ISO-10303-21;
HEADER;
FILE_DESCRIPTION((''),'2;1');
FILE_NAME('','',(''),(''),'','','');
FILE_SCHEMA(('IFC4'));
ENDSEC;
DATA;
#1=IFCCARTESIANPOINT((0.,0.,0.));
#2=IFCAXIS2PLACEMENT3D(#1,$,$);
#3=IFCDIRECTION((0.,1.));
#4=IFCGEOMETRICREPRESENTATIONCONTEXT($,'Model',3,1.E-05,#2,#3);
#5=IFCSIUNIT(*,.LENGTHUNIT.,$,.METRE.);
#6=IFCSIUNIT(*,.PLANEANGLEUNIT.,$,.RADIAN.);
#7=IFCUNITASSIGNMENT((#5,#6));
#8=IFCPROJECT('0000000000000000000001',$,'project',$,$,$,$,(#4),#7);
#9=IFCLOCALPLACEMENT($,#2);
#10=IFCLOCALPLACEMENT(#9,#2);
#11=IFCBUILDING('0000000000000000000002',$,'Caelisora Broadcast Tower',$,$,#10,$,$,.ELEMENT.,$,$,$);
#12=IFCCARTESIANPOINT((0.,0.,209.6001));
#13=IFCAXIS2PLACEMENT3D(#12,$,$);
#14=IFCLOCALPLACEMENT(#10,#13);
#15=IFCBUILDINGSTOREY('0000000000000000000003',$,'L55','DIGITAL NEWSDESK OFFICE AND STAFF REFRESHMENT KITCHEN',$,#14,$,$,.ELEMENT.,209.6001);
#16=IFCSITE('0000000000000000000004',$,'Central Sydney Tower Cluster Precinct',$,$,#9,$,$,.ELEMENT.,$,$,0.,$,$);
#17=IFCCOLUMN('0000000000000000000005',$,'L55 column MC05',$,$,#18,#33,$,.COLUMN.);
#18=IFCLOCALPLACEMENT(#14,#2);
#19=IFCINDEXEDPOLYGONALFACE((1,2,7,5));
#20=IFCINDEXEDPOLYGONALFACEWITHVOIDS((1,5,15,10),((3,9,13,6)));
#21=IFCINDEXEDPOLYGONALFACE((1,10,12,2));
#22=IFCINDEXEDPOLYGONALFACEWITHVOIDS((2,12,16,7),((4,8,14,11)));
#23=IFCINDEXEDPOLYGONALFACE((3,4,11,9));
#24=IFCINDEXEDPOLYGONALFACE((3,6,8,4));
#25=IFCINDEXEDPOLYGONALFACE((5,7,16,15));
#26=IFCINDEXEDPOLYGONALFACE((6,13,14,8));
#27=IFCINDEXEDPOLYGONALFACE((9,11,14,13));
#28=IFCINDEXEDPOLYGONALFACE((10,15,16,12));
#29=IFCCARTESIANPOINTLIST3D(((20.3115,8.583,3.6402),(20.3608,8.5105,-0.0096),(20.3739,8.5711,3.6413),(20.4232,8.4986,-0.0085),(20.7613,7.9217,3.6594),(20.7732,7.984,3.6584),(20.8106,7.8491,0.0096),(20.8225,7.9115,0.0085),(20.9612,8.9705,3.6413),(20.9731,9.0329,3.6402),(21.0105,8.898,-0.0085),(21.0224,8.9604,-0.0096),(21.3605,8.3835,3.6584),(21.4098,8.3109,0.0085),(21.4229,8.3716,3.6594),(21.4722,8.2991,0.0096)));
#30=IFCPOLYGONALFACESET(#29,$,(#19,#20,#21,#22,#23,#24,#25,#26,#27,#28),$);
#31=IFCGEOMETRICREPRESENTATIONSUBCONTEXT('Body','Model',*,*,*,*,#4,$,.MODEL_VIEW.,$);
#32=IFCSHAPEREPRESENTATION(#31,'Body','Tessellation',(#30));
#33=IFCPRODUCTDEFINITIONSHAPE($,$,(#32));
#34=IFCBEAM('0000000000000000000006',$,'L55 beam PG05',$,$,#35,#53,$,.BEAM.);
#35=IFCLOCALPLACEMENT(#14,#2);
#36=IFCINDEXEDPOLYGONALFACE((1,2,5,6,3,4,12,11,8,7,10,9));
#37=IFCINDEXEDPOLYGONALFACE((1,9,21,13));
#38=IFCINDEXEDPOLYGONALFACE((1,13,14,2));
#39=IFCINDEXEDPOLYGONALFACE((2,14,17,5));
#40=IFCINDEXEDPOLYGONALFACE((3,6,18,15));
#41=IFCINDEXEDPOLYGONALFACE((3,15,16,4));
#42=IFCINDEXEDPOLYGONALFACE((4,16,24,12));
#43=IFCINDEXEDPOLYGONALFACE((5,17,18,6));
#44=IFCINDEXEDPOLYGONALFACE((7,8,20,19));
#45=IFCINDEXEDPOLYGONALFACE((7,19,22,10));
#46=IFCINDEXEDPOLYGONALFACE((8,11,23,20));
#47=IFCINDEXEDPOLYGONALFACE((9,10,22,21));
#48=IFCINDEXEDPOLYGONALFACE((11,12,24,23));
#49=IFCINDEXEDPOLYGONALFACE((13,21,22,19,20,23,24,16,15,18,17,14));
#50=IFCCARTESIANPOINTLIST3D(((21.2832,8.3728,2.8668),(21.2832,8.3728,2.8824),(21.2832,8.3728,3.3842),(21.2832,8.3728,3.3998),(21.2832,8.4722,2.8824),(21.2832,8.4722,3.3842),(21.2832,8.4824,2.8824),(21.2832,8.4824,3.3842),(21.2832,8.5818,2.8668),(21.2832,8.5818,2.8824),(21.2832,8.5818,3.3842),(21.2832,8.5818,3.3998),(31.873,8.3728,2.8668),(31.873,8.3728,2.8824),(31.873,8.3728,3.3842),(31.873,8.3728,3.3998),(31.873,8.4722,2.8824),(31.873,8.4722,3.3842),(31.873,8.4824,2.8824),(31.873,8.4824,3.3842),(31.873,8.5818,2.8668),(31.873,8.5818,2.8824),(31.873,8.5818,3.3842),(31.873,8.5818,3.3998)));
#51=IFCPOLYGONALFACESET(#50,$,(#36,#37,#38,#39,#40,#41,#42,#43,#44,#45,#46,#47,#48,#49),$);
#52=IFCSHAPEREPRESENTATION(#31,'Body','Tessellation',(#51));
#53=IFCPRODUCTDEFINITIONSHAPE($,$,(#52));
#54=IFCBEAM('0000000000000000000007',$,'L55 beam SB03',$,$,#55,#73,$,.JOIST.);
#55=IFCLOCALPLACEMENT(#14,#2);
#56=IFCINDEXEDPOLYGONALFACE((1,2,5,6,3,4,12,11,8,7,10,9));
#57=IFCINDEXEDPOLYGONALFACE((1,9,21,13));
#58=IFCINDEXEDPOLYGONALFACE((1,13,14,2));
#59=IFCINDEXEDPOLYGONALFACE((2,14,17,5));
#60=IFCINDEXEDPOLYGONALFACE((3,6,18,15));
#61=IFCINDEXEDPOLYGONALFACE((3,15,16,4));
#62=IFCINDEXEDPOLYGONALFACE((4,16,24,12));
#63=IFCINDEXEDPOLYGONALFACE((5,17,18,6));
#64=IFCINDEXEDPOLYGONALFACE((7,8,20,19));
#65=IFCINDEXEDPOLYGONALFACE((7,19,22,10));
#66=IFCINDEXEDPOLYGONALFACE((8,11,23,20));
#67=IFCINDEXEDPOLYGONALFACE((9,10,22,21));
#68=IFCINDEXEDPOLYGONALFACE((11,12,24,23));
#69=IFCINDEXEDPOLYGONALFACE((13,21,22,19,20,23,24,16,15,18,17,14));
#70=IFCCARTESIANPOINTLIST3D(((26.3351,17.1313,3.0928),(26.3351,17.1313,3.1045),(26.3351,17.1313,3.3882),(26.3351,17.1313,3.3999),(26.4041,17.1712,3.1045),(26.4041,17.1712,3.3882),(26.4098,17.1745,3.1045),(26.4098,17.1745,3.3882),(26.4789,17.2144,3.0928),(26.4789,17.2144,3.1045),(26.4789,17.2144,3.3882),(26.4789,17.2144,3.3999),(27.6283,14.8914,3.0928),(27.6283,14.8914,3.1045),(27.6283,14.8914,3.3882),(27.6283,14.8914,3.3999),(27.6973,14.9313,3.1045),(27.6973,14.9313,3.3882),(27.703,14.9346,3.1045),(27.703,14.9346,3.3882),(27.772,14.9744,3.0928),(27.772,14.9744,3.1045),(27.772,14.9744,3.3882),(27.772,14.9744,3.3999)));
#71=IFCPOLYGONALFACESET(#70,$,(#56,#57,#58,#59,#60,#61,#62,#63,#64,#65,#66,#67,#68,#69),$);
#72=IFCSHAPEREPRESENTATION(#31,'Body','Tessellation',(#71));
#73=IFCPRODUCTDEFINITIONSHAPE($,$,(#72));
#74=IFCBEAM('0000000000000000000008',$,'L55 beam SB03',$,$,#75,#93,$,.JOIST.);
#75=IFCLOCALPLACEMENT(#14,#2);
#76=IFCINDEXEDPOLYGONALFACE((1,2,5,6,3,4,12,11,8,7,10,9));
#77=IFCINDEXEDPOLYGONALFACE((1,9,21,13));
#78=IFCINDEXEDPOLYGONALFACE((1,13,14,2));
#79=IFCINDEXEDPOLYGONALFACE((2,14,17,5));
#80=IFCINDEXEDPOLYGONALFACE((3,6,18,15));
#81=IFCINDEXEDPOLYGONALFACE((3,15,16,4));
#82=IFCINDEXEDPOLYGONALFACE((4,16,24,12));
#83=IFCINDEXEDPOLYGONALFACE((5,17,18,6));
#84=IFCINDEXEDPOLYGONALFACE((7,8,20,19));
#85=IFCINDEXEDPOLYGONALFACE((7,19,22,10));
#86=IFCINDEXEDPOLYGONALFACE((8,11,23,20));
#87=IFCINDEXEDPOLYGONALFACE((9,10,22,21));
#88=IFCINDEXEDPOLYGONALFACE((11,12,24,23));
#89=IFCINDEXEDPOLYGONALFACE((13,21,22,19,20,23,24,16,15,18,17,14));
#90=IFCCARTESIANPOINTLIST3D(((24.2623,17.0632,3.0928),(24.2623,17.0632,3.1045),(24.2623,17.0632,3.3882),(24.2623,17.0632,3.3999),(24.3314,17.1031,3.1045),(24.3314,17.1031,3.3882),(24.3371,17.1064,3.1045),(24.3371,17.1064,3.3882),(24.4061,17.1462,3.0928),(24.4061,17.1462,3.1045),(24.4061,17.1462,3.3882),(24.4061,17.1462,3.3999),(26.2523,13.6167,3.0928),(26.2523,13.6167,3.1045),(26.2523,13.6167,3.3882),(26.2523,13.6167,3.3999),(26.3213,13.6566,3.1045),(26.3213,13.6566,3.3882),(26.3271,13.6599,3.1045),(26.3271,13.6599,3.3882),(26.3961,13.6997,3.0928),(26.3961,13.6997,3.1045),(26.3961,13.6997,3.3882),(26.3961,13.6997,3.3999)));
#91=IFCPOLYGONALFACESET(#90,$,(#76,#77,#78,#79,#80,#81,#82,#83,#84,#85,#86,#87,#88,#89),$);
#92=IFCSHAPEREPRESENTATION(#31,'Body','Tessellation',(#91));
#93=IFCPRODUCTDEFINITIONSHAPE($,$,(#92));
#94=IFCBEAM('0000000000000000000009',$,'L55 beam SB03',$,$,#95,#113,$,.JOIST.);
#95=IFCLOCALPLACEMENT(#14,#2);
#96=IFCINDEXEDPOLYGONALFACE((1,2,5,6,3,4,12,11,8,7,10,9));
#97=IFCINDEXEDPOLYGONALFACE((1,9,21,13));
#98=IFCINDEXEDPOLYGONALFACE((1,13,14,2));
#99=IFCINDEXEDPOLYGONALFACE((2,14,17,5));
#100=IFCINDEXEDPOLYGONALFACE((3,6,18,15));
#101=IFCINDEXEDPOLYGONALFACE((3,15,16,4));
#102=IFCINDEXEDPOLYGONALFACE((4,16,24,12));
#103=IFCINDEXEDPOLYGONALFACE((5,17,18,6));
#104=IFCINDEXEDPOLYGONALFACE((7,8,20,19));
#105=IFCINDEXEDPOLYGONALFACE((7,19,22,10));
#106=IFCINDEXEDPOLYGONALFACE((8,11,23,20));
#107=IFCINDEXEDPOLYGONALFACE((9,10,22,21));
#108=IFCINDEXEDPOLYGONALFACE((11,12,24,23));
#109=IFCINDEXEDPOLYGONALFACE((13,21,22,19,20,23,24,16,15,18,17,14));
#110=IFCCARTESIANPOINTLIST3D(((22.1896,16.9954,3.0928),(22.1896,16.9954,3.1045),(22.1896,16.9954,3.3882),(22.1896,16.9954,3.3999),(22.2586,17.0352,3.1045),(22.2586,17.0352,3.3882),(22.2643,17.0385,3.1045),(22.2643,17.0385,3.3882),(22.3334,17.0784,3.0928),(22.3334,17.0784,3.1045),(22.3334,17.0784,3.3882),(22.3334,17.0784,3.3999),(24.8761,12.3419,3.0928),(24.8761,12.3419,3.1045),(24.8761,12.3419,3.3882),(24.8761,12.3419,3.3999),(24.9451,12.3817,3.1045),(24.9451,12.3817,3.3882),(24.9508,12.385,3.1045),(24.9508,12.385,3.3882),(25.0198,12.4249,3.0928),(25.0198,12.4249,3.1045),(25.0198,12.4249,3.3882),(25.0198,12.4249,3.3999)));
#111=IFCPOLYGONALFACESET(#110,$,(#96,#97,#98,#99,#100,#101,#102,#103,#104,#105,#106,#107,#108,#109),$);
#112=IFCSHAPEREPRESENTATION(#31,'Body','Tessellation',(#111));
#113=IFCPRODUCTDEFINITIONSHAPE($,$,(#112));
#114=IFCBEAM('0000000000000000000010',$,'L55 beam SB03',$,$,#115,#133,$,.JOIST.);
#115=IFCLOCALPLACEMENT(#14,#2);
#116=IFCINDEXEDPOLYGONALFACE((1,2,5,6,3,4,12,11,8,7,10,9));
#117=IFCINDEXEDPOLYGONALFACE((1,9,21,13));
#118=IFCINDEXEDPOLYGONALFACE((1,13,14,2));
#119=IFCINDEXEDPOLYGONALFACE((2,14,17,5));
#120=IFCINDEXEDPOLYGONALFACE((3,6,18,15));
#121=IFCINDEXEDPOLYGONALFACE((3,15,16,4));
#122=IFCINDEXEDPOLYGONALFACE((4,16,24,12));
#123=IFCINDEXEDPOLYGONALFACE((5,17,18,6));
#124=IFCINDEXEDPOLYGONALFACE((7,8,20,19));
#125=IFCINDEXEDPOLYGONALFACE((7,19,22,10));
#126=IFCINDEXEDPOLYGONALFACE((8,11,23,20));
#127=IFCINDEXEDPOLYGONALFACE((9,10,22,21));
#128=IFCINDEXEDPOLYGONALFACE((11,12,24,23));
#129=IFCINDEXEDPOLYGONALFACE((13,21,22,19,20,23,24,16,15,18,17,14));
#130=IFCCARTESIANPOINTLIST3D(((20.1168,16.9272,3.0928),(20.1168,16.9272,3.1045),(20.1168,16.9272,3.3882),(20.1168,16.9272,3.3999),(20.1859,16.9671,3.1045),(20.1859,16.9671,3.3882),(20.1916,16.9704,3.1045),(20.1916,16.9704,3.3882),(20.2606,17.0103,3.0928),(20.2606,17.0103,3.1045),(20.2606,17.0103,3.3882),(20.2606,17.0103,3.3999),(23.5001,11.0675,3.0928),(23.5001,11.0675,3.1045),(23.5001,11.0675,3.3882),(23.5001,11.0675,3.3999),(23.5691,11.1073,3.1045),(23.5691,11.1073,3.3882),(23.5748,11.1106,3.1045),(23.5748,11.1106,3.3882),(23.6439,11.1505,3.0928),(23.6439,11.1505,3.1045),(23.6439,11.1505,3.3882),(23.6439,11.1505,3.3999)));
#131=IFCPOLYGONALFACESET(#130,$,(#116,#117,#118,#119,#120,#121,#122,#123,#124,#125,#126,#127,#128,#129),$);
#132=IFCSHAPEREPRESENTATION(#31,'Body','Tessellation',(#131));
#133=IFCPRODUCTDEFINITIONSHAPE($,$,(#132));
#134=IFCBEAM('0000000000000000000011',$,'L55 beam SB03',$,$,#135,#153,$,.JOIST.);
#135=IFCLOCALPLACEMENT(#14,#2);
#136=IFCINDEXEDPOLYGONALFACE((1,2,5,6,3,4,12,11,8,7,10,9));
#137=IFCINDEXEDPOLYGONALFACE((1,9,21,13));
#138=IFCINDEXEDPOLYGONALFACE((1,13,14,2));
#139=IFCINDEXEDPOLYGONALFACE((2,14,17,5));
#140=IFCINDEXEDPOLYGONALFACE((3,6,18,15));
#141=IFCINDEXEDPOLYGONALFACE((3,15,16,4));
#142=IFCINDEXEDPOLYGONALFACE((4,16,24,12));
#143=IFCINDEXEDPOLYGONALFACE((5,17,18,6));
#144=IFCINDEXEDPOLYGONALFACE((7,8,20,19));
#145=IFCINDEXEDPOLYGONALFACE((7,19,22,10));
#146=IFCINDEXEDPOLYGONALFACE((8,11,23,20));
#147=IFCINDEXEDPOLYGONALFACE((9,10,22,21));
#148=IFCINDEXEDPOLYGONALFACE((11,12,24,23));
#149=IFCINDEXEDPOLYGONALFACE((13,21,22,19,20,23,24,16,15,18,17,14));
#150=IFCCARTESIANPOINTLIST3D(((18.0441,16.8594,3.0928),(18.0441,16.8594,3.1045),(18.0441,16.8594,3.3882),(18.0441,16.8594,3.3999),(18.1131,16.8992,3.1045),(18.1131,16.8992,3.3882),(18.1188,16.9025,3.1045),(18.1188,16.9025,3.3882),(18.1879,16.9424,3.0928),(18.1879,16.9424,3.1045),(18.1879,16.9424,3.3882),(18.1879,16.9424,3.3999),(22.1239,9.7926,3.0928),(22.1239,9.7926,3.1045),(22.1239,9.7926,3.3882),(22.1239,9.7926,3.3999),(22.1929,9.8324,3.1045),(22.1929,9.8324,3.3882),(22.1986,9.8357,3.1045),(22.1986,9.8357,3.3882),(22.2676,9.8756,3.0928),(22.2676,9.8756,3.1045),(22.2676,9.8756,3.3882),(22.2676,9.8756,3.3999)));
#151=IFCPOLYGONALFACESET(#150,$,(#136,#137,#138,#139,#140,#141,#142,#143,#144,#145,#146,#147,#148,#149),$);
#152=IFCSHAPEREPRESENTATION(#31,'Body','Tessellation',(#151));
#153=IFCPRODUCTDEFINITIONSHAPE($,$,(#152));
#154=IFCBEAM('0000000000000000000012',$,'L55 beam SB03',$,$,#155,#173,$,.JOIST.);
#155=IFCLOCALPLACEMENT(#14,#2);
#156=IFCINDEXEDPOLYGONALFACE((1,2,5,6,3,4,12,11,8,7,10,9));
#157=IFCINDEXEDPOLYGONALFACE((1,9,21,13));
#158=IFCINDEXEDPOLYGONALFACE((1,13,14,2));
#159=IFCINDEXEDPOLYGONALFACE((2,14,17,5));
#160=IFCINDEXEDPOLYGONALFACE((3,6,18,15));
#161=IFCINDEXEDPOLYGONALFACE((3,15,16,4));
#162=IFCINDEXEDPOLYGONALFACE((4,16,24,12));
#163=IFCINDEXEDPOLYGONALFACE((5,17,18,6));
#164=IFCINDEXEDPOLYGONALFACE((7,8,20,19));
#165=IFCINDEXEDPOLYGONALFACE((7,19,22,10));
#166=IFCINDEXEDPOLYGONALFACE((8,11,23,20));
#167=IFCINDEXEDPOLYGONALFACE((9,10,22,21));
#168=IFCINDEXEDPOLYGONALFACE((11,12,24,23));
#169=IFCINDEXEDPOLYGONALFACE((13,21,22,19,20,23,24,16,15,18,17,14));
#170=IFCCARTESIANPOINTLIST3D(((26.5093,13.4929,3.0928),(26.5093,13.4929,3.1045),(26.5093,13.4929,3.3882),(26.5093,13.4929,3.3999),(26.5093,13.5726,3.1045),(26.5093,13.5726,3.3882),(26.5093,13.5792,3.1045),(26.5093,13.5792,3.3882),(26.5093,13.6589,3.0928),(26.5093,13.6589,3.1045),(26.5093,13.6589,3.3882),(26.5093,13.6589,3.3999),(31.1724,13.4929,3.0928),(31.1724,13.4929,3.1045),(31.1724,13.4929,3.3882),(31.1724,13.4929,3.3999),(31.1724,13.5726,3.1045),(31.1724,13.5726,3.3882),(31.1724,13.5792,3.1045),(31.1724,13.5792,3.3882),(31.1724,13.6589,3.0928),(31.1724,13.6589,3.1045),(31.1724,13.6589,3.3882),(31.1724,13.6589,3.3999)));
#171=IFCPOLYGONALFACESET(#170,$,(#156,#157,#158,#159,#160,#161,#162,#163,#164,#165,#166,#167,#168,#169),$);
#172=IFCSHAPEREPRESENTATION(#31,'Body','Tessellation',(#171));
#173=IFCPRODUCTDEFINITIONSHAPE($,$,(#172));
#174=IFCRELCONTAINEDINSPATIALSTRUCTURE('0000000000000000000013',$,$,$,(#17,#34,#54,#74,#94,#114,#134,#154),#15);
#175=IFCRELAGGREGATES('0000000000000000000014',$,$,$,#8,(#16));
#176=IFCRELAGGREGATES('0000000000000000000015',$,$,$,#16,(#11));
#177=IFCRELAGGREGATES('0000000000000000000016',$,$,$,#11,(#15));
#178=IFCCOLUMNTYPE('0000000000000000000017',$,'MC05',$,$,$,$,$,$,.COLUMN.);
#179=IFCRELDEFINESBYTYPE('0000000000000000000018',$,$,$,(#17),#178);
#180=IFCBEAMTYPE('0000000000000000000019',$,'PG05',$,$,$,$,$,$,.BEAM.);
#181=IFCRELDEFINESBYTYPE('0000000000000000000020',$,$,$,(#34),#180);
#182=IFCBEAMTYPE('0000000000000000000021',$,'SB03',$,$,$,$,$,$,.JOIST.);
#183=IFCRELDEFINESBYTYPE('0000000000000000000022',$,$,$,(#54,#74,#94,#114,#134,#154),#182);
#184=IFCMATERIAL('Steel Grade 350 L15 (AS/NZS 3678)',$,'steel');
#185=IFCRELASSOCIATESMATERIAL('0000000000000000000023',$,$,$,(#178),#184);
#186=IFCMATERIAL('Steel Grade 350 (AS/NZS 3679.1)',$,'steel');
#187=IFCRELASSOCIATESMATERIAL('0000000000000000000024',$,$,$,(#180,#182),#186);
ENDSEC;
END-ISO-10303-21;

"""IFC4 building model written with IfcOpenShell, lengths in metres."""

from ifc_helpers import new_model, si_unit, direction, frame, origin, origin_2d, place, context, subcontext, project, spatial, hollow_rectangle, i_section, extrude, source, transform, mapped, material, material_profile, profile_set, type_object, type_shapes, element, save


model = new_model("IFC4")

# Units and contexts
model_context = context("Model", 3, precision=1e-05, world=origin(), true_north=direction((0.0, 1.0)))
body_context = subcontext(model_context, "Body", "Model", "MODEL_VIEW")
ifc_project = project(units=[si_unit("LENGTHUNIT", "METRE"), si_unit("PLANEANGLEUNIT", "RADIAN")], contexts=[model_context])

# Site, building, storey
site_placement = place(None, origin())
site = spatial("IfcSite", under=ifc_project, at=site_placement, Name="Central Sydney Tower Cluster Precinct", CompositionType="ELEMENT", RefElevation=0.0)
building_placement = place(site_placement, origin())
building = spatial("IfcBuilding", under=site, at=building_placement, Name="Caelisora Broadcast Tower", CompositionType="ELEMENT")
storey_placement = place(building_placement, frame((0.0, 0.0, 209.6001)))
storey = spatial("IfcBuildingStorey", under=building, at=storey_placement, Name="L55", Description="DIGITAL NEWSDESK OFFICE AND STAFF REFRESHMENT KITCHEN", CompositionType="ELEMENT", Elevation=209.6001)

# Column
ifc_material_1 = material(Name="Steel Grade 350 L15 (AS/NZS 3678)", Category="steel")
ifc_material_profile_1 = material_profile(ifc_material_1, hollow_rectangle(XDim=0.8, YDim=0.8, WallThickness=0.0449, at=origin_2d()), Name="Steel Grade 350 L15 (AS/NZS 3678)")
ifc_profile_set_1 = profile_set([ifc_material_profile_1], Name="Steel Grade 350 L15 (AS/NZS 3678)")
column_type = type_object("IfcColumnType", Name="MC05", PredefinedType="COLUMN", material=ifc_profile_set_1)
shared_shape_1 = source(origin(), body_context, "Body", "SweptSolid", [
    extrude(hollow_rectangle(XDim=0.8, YDim=0.8, WallThickness=0.0449, at=origin_2d()), origin(), (0.0, 0.0, 1.0), 3.6509),
])
type_shapes(column_type, [shared_shape_1])
column_placement = place(storey_placement, frame((20.9165, 8.4048, 0.0), z_axis=(-0.013508, 0.01986, 0.999712), x_axis=(-0.826875, -0.562386, 0.0)))
element("IfcColumn", 1, at=column_placement, inside=storey, type_object=column_type, Name="L55 column MC05", PredefinedType="COLUMN", context=body_context, shape_type="MappedRepresentation", body=[
    mapped(shared_shape_1, transform((0.0, 0.0, 0.0), scale=1.0)),
])

# Beams
ifc_material_2 = material(Name="Steel Grade 350 (AS/NZS 3679.1)", Category="steel")
ifc_material_profile_2 = material_profile(ifc_material_2, i_section(OverallWidth=0.209, OverallDepth=0.533, WebThickness=0.0103, FlangeThickness=0.0156, at=origin_2d()), Name="Steel Grade 350 (AS/NZS 3679.1)")
ifc_profile_set_2 = profile_set([ifc_material_profile_2], Name="Steel Grade 350 (AS/NZS 3679.1)")
beam_type_1 = type_object("IfcBeamType", Name="PG05", PredefinedType="BEAM", material=ifc_profile_set_2)
shared_shape_2 = source(origin(), body_context, "Body", "SweptSolid", [
    extrude(i_section(OverallWidth=0.209, OverallDepth=0.533, WebThickness=0.0103, FlangeThickness=0.0156, at=origin_2d()), origin(), (0.0, 0.0, 1.0), 10.5898),
])
type_shapes(beam_type_1, [shared_shape_2])
beam_1_placement = place(storey_placement, frame((21.2832, 8.4773, 3.1333), z_axis=(1.0, 0.0, 0.0), x_axis=(0.0, 1.0, 0.0)))
element("IfcBeam", 2, at=beam_1_placement, inside=storey, type_object=beam_type_1, Name="L55 beam PG05", PredefinedType="BEAM", context=body_context, shape_type="MappedRepresentation", body=[
    mapped(shared_shape_2, transform((0.0, 0.0, 0.0), scale=1.0)),
])
ifc_material_profile_3 = material_profile(ifc_material_2, i_section(OverallWidth=0.166, OverallDepth=0.3071, WebThickness=0.0066, FlangeThickness=0.0117, at=origin_2d()), Name="Steel Grade 350 (AS/NZS 3679.1)")
ifc_profile_set_3 = profile_set([ifc_material_profile_3], Name="Steel Grade 350 (AS/NZS 3679.1)")
beam_type_2 = type_object("IfcBeamType", Name="SB03", PredefinedType="JOIST", material=ifc_profile_set_3)
shared_shape_3 = source(origin(), body_context, "Body", "SweptSolid", [
    extrude(i_section(OverallWidth=0.166, OverallDepth=0.3071, WebThickness=0.0066, FlangeThickness=0.0117, at=origin_2d()), origin(), (0.0, 0.0, 1.0), 2.5864),
])
beam_2_placement = place(storey_placement, frame((26.407, 17.1729, 3.2463), z_axis=(0.499987, -0.866033, 0.0), x_axis=(0.866033, 0.499987, 0.0)))
element("IfcBeam", 3, at=beam_2_placement, inside=storey, type_object=beam_type_2, Name="L55 beam SB03", PredefinedType="JOIST", context=body_context, shape_type="MappedRepresentation", body=[
    mapped(shared_shape_3, transform((0.0, 0.0, 0.0), scale=1.0)),
])
shared_shape_4 = source(origin(), body_context, "Body", "SweptSolid", [
    extrude(i_section(OverallWidth=0.166, OverallDepth=0.3071, WebThickness=0.0066, FlangeThickness=0.0117, at=origin_2d()), origin(), (0.0, 0.0, 1.0), 3.9797),
])
beam_3_placement = place(storey_placement, frame((24.3342, 17.1047, 3.2463), z_axis=(0.500025, -0.866011, 0.0), x_axis=(0.866011, 0.500025, 0.0)))
element("IfcBeam", 4, at=beam_3_placement, inside=storey, type_object=beam_type_2, Name="L55 beam SB03", PredefinedType="JOIST", context=body_context, shape_type="MappedRepresentation", body=[
    mapped(shared_shape_4, transform((0.0, 0.0, 0.0), scale=1.0)),
])
shared_shape_5 = source(origin(), body_context, "Body", "SweptSolid", [
    extrude(i_section(OverallWidth=0.166, OverallDepth=0.3071, WebThickness=0.0066, FlangeThickness=0.0117, at=origin_2d()), origin(), (0.0, 0.0, 1.0), 5.3733),
])
beam_4_placement = place(storey_placement, frame((22.2615, 17.0369, 3.2463), z_axis=(0.49997, -0.866043, 0.0), x_axis=(0.866043, 0.49997, 0.0)))
element("IfcBeam", 5, at=beam_4_placement, inside=storey, type_object=beam_type_2, Name="L55 beam SB03", PredefinedType="JOIST", context=body_context, shape_type="MappedRepresentation", body=[
    mapped(shared_shape_5, transform((0.0, 0.0, 0.0), scale=1.0)),
])
shared_shape_6 = source(origin(), body_context, "Body", "SweptSolid", [
    extrude(i_section(OverallWidth=0.166, OverallDepth=0.3071, WebThickness=0.0066, FlangeThickness=0.0117, at=origin_2d()), origin(), (0.0, 0.0, 1.0), 6.7664),
])
beam_5_placement = place(storey_placement, frame((20.1887, 16.9688, 3.2463), z_axis=(0.500012, -0.866019, 0.0), x_axis=(0.866019, 0.500012, 0.0)))
element("IfcBeam", 6, at=beam_5_placement, inside=storey, type_object=beam_type_2, Name="L55 beam SB03", PredefinedType="JOIST", context=body_context, shape_type="MappedRepresentation", body=[
    mapped(shared_shape_6, transform((0.0, 0.0, 0.0), scale=1.0)),
])
shared_shape_7 = source(origin(), body_context, "Body", "SweptSolid", [
    extrude(i_section(OverallWidth=0.166, OverallDepth=0.3071, WebThickness=0.0066, FlangeThickness=0.0117, at=origin_2d()), origin(), (0.0, 0.0, 1.0), 8.1599),
])
beam_6_placement = place(storey_placement, frame((18.116, 16.9009, 3.2463), z_axis=(0.499978, -0.866038, 0.0), x_axis=(0.866038, 0.499978, 0.0)))
element("IfcBeam", 7, at=beam_6_placement, inside=storey, type_object=beam_type_2, Name="L55 beam SB03", PredefinedType="JOIST", context=body_context, shape_type="MappedRepresentation", body=[
    mapped(shared_shape_7, transform((0.0, 0.0, 0.0), scale=1.0)),
])
shared_shape_8 = source(origin(), body_context, "Body", "SweptSolid", [
    extrude(i_section(OverallWidth=0.166, OverallDepth=0.3071, WebThickness=0.0066, FlangeThickness=0.0117, at=origin_2d()), origin(), (0.0, 0.0, 1.0), 4.6631),
])
beam_7_placement = place(storey_placement, frame((26.5093, 13.5759, 3.2463), z_axis=(1.0, 0.0, 0.0), x_axis=(0.0, 1.0, 0.0)))
element("IfcBeam", 8, at=beam_7_placement, inside=storey, type_object=beam_type_2, Name="L55 beam SB03", PredefinedType="JOIST", context=body_context, shape_type="MappedRepresentation", body=[
    mapped(shared_shape_8, transform((0.0, 0.0, 0.0), scale=1.0)),
])

save(model, "model.ifc")
